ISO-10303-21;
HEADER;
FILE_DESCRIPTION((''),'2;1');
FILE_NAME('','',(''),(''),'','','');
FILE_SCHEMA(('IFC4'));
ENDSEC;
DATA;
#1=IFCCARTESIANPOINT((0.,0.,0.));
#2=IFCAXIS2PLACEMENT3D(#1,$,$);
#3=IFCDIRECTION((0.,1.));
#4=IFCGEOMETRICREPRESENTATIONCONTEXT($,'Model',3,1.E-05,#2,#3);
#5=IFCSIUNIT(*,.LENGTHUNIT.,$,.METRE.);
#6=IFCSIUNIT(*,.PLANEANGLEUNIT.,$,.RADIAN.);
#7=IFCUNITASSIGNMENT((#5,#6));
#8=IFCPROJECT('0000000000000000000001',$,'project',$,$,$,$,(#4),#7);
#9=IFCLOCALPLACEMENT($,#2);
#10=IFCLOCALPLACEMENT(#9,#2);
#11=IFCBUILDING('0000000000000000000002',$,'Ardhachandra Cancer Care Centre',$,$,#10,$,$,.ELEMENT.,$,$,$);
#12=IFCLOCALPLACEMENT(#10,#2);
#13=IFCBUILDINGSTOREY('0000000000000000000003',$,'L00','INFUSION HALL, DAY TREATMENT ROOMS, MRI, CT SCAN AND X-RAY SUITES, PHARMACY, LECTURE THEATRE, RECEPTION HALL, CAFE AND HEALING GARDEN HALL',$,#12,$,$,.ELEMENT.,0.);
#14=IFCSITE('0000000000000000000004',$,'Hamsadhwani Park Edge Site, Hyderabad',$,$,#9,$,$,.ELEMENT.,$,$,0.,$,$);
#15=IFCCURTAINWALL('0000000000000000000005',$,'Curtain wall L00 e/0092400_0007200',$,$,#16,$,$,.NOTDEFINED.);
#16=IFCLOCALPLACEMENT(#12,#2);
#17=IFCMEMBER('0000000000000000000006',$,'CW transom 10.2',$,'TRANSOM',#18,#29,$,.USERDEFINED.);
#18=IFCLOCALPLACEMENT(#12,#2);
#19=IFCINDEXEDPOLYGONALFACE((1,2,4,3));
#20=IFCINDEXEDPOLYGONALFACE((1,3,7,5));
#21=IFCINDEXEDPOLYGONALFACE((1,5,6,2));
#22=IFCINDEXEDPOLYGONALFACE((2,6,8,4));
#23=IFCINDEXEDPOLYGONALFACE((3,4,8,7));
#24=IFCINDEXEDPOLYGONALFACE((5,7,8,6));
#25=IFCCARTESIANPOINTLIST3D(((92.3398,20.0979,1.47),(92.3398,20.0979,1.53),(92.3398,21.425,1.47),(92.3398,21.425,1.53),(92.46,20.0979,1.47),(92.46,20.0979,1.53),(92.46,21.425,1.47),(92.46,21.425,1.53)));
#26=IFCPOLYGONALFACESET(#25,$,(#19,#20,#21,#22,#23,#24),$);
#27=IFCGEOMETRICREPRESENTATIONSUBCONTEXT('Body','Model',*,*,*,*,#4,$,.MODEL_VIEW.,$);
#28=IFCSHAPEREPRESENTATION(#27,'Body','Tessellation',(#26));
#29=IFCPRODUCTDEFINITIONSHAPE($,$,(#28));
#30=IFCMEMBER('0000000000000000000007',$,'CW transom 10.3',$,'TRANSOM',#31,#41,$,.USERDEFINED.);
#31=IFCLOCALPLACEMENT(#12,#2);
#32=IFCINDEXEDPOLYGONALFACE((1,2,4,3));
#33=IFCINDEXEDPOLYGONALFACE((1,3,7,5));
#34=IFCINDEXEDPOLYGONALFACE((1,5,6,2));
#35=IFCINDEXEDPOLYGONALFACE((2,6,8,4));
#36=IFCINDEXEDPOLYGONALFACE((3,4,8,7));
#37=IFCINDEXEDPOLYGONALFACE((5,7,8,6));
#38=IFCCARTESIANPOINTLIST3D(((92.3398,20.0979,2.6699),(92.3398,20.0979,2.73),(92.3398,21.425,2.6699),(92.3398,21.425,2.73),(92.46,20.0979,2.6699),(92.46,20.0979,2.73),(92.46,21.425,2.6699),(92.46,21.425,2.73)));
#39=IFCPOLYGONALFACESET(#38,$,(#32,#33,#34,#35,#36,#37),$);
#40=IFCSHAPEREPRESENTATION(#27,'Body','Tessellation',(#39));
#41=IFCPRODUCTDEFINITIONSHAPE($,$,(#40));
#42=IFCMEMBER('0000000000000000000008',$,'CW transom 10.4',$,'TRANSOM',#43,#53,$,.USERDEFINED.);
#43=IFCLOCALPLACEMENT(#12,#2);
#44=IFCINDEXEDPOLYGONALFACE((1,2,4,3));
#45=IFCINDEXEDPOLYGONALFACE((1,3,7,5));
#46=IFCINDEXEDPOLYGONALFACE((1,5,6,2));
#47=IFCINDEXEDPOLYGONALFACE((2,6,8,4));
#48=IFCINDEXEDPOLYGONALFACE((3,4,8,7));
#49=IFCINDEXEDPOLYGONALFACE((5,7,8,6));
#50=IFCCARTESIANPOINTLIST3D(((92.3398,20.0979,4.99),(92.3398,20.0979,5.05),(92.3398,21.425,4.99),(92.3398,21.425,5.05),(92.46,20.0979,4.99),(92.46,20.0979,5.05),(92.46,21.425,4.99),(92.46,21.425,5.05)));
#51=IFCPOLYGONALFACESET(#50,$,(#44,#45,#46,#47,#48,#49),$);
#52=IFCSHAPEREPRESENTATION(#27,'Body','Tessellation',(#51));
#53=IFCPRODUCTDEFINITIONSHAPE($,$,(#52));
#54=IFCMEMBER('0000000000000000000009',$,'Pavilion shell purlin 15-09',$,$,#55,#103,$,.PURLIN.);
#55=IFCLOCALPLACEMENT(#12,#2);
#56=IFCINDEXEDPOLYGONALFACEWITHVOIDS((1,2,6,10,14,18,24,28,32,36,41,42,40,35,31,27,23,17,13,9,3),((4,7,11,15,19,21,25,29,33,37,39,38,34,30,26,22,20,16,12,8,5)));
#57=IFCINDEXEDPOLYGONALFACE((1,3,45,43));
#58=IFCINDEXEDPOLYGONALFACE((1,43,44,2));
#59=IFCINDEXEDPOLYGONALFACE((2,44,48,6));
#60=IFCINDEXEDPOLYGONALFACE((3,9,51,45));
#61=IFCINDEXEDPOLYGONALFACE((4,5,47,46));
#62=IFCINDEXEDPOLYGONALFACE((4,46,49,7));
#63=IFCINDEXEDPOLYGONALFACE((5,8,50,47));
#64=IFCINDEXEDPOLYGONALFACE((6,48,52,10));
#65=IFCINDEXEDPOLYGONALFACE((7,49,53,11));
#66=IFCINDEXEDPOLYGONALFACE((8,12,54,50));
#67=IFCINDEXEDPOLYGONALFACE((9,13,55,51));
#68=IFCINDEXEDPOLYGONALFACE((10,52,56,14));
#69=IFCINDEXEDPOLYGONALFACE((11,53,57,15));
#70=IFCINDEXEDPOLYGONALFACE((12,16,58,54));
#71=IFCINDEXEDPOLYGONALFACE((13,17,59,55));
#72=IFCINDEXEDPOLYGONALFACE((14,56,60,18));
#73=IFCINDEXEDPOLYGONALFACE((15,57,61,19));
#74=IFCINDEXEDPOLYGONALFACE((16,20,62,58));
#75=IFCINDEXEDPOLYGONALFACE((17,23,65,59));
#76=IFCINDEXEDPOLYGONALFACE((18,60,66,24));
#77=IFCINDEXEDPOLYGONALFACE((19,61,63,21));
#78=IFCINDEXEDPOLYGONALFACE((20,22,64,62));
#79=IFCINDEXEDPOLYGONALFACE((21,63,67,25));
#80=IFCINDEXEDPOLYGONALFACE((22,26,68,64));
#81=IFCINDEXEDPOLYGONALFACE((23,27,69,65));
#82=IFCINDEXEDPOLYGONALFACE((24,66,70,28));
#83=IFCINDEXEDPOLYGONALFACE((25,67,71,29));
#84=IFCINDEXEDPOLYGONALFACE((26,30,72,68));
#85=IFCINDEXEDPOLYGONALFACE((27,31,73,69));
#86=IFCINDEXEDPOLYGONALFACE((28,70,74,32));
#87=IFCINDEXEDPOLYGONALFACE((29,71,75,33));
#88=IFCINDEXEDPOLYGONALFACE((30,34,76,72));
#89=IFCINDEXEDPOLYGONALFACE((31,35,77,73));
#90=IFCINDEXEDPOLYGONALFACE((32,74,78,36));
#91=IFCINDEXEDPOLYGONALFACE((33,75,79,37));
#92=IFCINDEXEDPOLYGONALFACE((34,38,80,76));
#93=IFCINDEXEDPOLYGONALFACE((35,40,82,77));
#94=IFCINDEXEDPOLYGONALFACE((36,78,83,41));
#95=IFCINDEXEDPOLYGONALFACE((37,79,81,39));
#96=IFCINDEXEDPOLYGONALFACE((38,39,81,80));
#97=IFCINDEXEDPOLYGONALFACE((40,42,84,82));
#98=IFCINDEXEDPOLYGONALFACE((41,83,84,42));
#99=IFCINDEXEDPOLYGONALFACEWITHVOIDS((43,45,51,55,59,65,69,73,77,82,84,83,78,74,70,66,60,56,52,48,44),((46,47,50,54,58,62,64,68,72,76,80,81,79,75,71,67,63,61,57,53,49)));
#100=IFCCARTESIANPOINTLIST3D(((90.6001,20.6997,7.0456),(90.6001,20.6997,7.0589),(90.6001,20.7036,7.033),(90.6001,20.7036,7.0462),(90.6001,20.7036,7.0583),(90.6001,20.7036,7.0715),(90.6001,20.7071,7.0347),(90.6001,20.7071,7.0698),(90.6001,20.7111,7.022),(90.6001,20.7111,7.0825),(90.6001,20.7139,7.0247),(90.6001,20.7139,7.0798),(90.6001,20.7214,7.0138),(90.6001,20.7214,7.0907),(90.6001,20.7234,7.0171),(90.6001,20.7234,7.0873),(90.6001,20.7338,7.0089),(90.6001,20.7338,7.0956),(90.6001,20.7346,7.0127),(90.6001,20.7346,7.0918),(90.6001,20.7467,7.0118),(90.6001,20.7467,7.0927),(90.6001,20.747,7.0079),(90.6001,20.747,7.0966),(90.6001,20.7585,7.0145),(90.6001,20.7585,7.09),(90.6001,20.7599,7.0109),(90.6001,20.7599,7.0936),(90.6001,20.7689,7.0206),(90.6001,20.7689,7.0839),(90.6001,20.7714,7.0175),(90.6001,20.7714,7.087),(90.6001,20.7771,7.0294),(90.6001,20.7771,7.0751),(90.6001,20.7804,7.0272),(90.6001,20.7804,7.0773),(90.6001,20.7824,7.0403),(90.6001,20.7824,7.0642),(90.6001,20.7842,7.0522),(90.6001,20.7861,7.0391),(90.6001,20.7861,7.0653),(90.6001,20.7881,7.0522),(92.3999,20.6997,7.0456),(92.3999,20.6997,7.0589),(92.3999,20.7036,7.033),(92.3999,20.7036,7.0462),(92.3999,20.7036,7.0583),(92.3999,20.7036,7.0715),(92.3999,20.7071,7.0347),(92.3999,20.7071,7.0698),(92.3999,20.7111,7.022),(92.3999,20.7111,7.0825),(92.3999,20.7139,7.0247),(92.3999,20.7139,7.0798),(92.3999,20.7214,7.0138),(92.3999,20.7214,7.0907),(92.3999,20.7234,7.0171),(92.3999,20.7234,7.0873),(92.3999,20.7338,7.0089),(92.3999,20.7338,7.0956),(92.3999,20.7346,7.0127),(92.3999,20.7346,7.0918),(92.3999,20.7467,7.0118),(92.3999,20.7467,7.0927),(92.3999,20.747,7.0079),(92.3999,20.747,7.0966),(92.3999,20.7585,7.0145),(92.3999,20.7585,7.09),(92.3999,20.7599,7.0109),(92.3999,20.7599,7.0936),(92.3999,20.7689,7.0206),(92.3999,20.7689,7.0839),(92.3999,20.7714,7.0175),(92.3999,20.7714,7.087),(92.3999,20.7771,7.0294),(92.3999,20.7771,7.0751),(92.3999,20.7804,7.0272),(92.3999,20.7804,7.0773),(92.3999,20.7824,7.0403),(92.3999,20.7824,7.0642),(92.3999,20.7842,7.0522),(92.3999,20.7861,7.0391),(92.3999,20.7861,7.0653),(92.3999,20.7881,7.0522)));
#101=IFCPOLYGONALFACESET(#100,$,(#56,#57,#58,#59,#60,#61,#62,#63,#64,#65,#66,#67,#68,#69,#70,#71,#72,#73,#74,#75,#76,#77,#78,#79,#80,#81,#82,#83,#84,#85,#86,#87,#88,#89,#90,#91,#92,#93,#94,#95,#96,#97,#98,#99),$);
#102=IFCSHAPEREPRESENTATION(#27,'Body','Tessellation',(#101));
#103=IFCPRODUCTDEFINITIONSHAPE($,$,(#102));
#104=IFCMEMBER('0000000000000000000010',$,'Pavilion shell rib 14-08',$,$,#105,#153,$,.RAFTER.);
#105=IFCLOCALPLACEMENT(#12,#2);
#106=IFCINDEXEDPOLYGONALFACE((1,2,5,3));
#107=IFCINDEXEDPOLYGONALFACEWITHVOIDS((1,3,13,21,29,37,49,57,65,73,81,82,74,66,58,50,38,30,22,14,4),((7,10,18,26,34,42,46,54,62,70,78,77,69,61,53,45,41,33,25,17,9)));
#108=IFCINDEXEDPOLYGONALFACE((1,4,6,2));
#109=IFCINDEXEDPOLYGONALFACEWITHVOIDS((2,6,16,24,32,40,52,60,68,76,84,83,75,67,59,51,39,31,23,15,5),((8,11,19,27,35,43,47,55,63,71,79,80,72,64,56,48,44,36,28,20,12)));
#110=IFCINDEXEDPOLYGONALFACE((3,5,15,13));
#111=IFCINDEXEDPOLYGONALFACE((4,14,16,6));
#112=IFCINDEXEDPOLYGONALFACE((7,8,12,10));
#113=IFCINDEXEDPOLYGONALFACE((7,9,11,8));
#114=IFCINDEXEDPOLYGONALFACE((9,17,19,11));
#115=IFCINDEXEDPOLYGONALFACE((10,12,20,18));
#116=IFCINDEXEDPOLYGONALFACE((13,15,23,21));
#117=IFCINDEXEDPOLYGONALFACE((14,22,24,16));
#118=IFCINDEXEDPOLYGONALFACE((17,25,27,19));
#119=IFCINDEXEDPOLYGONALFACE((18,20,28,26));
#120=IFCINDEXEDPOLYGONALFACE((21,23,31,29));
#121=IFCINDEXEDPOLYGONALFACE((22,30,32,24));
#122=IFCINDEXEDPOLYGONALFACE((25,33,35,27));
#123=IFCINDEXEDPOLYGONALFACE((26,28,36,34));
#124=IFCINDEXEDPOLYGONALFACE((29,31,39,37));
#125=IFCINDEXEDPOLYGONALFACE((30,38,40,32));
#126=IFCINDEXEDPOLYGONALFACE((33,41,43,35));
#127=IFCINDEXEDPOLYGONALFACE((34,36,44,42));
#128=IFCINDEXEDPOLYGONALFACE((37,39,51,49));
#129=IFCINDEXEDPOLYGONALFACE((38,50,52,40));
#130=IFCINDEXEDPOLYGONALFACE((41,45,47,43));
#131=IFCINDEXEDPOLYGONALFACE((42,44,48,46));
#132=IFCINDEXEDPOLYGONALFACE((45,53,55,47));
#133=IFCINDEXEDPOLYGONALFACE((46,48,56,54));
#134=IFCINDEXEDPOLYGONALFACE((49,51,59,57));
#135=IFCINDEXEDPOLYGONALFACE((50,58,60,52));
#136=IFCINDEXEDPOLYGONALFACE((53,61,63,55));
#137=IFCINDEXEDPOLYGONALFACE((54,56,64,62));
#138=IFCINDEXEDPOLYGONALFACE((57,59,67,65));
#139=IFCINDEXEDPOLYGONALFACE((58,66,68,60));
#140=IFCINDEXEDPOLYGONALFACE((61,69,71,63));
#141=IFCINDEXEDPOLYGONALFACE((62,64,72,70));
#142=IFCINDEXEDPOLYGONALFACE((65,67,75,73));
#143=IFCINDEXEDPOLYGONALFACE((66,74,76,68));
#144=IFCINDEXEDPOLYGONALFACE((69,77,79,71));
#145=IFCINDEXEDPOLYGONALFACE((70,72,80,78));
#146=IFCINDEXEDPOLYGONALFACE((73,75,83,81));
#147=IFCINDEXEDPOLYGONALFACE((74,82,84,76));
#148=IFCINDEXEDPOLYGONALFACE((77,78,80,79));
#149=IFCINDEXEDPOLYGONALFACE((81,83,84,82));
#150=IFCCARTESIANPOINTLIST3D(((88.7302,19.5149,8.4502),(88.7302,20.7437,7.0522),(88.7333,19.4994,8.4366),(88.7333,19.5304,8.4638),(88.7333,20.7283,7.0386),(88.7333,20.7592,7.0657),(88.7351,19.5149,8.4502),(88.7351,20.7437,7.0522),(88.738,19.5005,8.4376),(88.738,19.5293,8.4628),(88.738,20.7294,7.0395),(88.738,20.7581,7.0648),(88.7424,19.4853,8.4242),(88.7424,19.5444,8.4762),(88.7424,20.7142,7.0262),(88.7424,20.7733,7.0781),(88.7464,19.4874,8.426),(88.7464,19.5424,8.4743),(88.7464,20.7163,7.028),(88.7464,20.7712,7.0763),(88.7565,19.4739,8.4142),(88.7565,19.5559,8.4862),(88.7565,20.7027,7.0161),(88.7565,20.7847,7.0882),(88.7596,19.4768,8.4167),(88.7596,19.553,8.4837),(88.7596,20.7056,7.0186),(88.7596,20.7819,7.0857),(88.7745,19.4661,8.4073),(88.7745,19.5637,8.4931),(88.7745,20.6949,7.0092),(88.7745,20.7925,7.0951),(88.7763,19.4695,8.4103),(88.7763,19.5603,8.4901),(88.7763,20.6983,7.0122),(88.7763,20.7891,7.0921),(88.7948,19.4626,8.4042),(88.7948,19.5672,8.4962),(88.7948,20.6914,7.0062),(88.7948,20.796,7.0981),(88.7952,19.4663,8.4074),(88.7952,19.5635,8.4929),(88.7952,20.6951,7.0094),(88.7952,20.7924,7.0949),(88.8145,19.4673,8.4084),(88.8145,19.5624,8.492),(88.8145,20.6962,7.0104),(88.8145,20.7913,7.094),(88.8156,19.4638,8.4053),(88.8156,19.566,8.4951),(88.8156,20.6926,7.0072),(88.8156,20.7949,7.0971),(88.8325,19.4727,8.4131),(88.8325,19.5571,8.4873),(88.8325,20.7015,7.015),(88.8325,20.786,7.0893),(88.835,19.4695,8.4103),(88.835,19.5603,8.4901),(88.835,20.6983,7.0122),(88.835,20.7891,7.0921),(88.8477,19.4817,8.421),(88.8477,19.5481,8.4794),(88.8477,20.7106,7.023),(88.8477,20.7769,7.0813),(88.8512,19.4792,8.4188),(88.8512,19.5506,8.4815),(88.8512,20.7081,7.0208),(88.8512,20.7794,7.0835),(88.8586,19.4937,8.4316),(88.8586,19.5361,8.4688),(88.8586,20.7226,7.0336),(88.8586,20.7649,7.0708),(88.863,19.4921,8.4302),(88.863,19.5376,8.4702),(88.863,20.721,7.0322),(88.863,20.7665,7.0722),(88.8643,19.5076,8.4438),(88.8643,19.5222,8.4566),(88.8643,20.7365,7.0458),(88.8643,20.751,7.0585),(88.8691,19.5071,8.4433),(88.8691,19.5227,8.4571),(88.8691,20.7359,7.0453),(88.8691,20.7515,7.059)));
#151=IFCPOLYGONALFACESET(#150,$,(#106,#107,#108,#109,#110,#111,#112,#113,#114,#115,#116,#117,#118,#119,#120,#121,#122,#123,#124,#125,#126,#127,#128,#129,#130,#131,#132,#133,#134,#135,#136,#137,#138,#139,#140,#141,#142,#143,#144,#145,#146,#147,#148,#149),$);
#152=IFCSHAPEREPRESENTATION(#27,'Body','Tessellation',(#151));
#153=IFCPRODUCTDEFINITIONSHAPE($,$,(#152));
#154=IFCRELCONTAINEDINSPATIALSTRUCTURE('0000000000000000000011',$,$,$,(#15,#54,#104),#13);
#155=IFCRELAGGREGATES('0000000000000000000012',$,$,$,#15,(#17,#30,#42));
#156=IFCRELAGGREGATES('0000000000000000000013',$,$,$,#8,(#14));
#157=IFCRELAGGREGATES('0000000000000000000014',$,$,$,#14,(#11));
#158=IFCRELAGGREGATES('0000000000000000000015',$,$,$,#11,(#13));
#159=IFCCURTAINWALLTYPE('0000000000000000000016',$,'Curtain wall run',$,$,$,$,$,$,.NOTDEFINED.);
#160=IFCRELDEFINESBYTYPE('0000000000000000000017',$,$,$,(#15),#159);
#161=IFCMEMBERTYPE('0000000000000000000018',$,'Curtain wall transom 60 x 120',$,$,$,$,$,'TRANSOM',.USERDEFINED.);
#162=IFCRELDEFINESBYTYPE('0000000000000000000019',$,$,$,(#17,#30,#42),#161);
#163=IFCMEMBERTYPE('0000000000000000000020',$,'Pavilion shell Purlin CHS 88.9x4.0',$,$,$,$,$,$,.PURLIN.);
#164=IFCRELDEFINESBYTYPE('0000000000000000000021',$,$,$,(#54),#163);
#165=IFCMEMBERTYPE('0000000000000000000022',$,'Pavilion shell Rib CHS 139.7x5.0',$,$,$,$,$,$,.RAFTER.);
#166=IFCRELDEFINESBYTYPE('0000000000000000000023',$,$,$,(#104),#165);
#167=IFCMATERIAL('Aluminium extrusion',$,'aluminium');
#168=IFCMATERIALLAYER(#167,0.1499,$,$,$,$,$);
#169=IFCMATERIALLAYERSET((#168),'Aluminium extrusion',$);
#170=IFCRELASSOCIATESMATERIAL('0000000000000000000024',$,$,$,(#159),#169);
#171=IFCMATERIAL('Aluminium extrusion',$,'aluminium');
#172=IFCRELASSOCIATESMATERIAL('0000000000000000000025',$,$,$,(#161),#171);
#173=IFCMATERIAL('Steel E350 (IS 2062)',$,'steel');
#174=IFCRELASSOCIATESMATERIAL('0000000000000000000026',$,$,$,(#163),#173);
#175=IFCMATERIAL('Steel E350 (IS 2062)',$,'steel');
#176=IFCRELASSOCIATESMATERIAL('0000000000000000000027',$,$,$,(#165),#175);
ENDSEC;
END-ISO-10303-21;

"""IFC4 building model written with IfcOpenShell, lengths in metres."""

from ifc_helpers import new_model, si_unit, direction, frame, origin, origin_2d, place, context, subcontext, project, spatial, rectangle, hollow_circle, extrude, material, layer, layer_set, material_profile, profile_set, type_object, element, aggregate, save


model = new_model("IFC4")

# Units and contexts
model_context = context("Model", 3, precision=1e-05, world=origin(), true_north=direction((0.0, 1.0)))
body_context = subcontext(model_context, "Body", "Model", "MODEL_VIEW")
ifc_project = project(units=[si_unit("LENGTHUNIT", "METRE"), si_unit("PLANEANGLEUNIT", "RADIAN")], contexts=[model_context])

# Site, building, storey
site_placement = place(None, origin())
site = spatial("IfcSite", under=ifc_project, at=site_placement, Name="Hamsadhwani Park Edge Site, Hyderabad", CompositionType="ELEMENT", RefElevation=0.0)
building_placement = place(site_placement, origin())
building = spatial("IfcBuilding", under=site, at=building_placement, Name="Ardhachandra Cancer Care Centre", CompositionType="ELEMENT")
storey_placement = place(building_placement, origin())
storey = spatial("IfcBuildingStorey", under=building, at=storey_placement, Name="L00", Description="INFUSION HALL, DAY TREATMENT ROOMS, MRI, CT SCAN AND X-RAY SUITES, PHARMACY, LECTURE THEATRE, RECEPTION HALL, CAFE AND HEALING GARDEN HALL", CompositionType="ELEMENT", Elevation=0.0)

# Curtain wall, members
ifc_material_1 = material(Name="Aluminium extrusion", Category="aluminium")
ifc_layer_1 = layer(ifc_material_1, 0.1499)
ifc_layer_set_1 = layer_set([ifc_layer_1], Name="Aluminium extrusion")
curtain_wall_type = type_object("IfcCurtainWallType", Name="Curtain wall run", PredefinedType="NOTDEFINED", material=ifc_layer_set_1)
curtain_wall_placement = place(storey_placement, origin())
curtain_wall = element("IfcCurtainWall", 1, at=curtain_wall_placement, inside=storey, type_object=curtain_wall_type, Name="Curtain wall L00 e/0092400_0007200", PredefinedType="NOTDEFINED")
ifc_material_2 = material(Name="Aluminium extrusion", Category="aluminium")
ifc_material_profile_1 = material_profile(ifc_material_2, rectangle(XDim=0.1201, YDim=0.0601, at=origin_2d()), Name="Curtain wall transom 60 x 120")
ifc_profile_set_1 = profile_set([ifc_material_profile_1], Name="Aluminium extrusion")
member_type_1 = type_object("IfcMemberType", Name="Curtain wall transom 60 x 120", ElementType="TRANSOM", PredefinedType="USERDEFINED", material=ifc_profile_set_1)
member_1_placement = place(storey_placement, frame((92.3999, 20.0979, 1.5), z_axis=(0.0, 1.0, 0.0), x_axis=(-1.0, 0.0, 0.0)))
member_1 = element("IfcMember", 2, at=member_1_placement, type_object=member_type_1, Name="CW transom 10.2", ObjectType="TRANSOM", PredefinedType="USERDEFINED", context=body_context, shape_type="SweptSolid", body=[
    extrude(rectangle(XDim=0.1201, YDim=0.0601, at=origin_2d()), origin(), (0.0, 0.0, 1.0), 1.3271),
])
member_2_placement = place(storey_placement, frame((92.3999, 20.0979, 2.7), z_axis=(0.0, 1.0, 0.0), x_axis=(-1.0, 0.0, 0.0)))
member_2 = element("IfcMember", 3, at=member_2_placement, type_object=member_type_1, Name="CW transom 10.3", ObjectType="TRANSOM", PredefinedType="USERDEFINED", context=body_context, shape_type="SweptSolid", body=[
    extrude(rectangle(XDim=0.1201, YDim=0.0601, at=origin_2d()), origin(), (0.0, 0.0, 1.0), 1.3271),
])
member_3_placement = place(storey_placement, frame((92.3999, 20.0979, 5.02), z_axis=(0.0, 1.0, 0.0), x_axis=(-1.0, 0.0, 0.0)))
member_3 = element("IfcMember", 4, at=member_3_placement, type_object=member_type_1, Name="CW transom 10.4", ObjectType="TRANSOM", PredefinedType="USERDEFINED", context=body_context, shape_type="SweptSolid", body=[
    extrude(rectangle(XDim=0.1201, YDim=0.0601, at=origin_2d()), origin(), (0.0, 0.0, 1.0), 1.3271),
])

# Members
ifc_material_3 = material(Name="Steel E350 (IS 2062)", Category="steel")
ifc_material_profile_2 = material_profile(ifc_material_3, hollow_circle(Radius=0.0444, WallThickness=0.0039, at=origin_2d()), Name="CHS 88.9x4.0")
ifc_profile_set_2 = profile_set([ifc_material_profile_2], Name="Steel E350 (IS 2062)")
member_type_2 = type_object("IfcMemberType", Name="Pavilion shell Purlin CHS 88.9x4.0", PredefinedType="PURLIN", material=ifc_profile_set_2)
member_4_placement = place(storey_placement, frame((90.6001, 20.7437, 7.0522), z_axis=(1.0, 0.0, 0.0), x_axis=(0.0, 1.0, 0.0)))
element("IfcMember", 5, at=member_4_placement, inside=storey, type_object=member_type_2, Name="Pavilion shell purlin 15-09", PredefinedType="PURLIN", context=body_context, shape_type="SweptSolid", body=[
    extrude(hollow_circle(Radius=0.0444, WallThickness=0.0039, at=origin_2d()), origin(), (0.0, 0.0, 1.0), 1.7998),
])
ifc_material_4 = material(Name="Steel E350 (IS 2062)", Category="steel")
ifc_material_profile_3 = material_profile(ifc_material_4, hollow_circle(Radius=0.0698, WallThickness=0.0049, at=origin_2d()), Name="CHS 139.7x5.0")
ifc_profile_set_3 = profile_set([ifc_material_profile_3], Name="Steel E350 (IS 2062)")
member_type_3 = type_object("IfcMemberType", Name="Pavilion shell Rib CHS 139.7x5.0", PredefinedType="RAFTER", material=ifc_profile_set_3)
member_5_placement = place(storey_placement, frame((88.8, 19.5149, 8.4502), z_axis=(0.0, 0.660193, -0.751096), x_axis=(-1.0, 0.0, 0.0)))
element("IfcMember", 6, at=member_5_placement, inside=storey, type_object=member_type_3, Name="Pavilion shell rib 14-08", PredefinedType="RAFTER", context=body_context, shape_type="SweptSolid", body=[
    extrude(hollow_circle(Radius=0.0698, WallThickness=0.0049, at=origin_2d()), origin(), (0.0, 0.0, 1.0), 1.8613),
])

aggregate(curtain_wall, [member_1, member_2, member_3])

save(model, "model.ifc")
